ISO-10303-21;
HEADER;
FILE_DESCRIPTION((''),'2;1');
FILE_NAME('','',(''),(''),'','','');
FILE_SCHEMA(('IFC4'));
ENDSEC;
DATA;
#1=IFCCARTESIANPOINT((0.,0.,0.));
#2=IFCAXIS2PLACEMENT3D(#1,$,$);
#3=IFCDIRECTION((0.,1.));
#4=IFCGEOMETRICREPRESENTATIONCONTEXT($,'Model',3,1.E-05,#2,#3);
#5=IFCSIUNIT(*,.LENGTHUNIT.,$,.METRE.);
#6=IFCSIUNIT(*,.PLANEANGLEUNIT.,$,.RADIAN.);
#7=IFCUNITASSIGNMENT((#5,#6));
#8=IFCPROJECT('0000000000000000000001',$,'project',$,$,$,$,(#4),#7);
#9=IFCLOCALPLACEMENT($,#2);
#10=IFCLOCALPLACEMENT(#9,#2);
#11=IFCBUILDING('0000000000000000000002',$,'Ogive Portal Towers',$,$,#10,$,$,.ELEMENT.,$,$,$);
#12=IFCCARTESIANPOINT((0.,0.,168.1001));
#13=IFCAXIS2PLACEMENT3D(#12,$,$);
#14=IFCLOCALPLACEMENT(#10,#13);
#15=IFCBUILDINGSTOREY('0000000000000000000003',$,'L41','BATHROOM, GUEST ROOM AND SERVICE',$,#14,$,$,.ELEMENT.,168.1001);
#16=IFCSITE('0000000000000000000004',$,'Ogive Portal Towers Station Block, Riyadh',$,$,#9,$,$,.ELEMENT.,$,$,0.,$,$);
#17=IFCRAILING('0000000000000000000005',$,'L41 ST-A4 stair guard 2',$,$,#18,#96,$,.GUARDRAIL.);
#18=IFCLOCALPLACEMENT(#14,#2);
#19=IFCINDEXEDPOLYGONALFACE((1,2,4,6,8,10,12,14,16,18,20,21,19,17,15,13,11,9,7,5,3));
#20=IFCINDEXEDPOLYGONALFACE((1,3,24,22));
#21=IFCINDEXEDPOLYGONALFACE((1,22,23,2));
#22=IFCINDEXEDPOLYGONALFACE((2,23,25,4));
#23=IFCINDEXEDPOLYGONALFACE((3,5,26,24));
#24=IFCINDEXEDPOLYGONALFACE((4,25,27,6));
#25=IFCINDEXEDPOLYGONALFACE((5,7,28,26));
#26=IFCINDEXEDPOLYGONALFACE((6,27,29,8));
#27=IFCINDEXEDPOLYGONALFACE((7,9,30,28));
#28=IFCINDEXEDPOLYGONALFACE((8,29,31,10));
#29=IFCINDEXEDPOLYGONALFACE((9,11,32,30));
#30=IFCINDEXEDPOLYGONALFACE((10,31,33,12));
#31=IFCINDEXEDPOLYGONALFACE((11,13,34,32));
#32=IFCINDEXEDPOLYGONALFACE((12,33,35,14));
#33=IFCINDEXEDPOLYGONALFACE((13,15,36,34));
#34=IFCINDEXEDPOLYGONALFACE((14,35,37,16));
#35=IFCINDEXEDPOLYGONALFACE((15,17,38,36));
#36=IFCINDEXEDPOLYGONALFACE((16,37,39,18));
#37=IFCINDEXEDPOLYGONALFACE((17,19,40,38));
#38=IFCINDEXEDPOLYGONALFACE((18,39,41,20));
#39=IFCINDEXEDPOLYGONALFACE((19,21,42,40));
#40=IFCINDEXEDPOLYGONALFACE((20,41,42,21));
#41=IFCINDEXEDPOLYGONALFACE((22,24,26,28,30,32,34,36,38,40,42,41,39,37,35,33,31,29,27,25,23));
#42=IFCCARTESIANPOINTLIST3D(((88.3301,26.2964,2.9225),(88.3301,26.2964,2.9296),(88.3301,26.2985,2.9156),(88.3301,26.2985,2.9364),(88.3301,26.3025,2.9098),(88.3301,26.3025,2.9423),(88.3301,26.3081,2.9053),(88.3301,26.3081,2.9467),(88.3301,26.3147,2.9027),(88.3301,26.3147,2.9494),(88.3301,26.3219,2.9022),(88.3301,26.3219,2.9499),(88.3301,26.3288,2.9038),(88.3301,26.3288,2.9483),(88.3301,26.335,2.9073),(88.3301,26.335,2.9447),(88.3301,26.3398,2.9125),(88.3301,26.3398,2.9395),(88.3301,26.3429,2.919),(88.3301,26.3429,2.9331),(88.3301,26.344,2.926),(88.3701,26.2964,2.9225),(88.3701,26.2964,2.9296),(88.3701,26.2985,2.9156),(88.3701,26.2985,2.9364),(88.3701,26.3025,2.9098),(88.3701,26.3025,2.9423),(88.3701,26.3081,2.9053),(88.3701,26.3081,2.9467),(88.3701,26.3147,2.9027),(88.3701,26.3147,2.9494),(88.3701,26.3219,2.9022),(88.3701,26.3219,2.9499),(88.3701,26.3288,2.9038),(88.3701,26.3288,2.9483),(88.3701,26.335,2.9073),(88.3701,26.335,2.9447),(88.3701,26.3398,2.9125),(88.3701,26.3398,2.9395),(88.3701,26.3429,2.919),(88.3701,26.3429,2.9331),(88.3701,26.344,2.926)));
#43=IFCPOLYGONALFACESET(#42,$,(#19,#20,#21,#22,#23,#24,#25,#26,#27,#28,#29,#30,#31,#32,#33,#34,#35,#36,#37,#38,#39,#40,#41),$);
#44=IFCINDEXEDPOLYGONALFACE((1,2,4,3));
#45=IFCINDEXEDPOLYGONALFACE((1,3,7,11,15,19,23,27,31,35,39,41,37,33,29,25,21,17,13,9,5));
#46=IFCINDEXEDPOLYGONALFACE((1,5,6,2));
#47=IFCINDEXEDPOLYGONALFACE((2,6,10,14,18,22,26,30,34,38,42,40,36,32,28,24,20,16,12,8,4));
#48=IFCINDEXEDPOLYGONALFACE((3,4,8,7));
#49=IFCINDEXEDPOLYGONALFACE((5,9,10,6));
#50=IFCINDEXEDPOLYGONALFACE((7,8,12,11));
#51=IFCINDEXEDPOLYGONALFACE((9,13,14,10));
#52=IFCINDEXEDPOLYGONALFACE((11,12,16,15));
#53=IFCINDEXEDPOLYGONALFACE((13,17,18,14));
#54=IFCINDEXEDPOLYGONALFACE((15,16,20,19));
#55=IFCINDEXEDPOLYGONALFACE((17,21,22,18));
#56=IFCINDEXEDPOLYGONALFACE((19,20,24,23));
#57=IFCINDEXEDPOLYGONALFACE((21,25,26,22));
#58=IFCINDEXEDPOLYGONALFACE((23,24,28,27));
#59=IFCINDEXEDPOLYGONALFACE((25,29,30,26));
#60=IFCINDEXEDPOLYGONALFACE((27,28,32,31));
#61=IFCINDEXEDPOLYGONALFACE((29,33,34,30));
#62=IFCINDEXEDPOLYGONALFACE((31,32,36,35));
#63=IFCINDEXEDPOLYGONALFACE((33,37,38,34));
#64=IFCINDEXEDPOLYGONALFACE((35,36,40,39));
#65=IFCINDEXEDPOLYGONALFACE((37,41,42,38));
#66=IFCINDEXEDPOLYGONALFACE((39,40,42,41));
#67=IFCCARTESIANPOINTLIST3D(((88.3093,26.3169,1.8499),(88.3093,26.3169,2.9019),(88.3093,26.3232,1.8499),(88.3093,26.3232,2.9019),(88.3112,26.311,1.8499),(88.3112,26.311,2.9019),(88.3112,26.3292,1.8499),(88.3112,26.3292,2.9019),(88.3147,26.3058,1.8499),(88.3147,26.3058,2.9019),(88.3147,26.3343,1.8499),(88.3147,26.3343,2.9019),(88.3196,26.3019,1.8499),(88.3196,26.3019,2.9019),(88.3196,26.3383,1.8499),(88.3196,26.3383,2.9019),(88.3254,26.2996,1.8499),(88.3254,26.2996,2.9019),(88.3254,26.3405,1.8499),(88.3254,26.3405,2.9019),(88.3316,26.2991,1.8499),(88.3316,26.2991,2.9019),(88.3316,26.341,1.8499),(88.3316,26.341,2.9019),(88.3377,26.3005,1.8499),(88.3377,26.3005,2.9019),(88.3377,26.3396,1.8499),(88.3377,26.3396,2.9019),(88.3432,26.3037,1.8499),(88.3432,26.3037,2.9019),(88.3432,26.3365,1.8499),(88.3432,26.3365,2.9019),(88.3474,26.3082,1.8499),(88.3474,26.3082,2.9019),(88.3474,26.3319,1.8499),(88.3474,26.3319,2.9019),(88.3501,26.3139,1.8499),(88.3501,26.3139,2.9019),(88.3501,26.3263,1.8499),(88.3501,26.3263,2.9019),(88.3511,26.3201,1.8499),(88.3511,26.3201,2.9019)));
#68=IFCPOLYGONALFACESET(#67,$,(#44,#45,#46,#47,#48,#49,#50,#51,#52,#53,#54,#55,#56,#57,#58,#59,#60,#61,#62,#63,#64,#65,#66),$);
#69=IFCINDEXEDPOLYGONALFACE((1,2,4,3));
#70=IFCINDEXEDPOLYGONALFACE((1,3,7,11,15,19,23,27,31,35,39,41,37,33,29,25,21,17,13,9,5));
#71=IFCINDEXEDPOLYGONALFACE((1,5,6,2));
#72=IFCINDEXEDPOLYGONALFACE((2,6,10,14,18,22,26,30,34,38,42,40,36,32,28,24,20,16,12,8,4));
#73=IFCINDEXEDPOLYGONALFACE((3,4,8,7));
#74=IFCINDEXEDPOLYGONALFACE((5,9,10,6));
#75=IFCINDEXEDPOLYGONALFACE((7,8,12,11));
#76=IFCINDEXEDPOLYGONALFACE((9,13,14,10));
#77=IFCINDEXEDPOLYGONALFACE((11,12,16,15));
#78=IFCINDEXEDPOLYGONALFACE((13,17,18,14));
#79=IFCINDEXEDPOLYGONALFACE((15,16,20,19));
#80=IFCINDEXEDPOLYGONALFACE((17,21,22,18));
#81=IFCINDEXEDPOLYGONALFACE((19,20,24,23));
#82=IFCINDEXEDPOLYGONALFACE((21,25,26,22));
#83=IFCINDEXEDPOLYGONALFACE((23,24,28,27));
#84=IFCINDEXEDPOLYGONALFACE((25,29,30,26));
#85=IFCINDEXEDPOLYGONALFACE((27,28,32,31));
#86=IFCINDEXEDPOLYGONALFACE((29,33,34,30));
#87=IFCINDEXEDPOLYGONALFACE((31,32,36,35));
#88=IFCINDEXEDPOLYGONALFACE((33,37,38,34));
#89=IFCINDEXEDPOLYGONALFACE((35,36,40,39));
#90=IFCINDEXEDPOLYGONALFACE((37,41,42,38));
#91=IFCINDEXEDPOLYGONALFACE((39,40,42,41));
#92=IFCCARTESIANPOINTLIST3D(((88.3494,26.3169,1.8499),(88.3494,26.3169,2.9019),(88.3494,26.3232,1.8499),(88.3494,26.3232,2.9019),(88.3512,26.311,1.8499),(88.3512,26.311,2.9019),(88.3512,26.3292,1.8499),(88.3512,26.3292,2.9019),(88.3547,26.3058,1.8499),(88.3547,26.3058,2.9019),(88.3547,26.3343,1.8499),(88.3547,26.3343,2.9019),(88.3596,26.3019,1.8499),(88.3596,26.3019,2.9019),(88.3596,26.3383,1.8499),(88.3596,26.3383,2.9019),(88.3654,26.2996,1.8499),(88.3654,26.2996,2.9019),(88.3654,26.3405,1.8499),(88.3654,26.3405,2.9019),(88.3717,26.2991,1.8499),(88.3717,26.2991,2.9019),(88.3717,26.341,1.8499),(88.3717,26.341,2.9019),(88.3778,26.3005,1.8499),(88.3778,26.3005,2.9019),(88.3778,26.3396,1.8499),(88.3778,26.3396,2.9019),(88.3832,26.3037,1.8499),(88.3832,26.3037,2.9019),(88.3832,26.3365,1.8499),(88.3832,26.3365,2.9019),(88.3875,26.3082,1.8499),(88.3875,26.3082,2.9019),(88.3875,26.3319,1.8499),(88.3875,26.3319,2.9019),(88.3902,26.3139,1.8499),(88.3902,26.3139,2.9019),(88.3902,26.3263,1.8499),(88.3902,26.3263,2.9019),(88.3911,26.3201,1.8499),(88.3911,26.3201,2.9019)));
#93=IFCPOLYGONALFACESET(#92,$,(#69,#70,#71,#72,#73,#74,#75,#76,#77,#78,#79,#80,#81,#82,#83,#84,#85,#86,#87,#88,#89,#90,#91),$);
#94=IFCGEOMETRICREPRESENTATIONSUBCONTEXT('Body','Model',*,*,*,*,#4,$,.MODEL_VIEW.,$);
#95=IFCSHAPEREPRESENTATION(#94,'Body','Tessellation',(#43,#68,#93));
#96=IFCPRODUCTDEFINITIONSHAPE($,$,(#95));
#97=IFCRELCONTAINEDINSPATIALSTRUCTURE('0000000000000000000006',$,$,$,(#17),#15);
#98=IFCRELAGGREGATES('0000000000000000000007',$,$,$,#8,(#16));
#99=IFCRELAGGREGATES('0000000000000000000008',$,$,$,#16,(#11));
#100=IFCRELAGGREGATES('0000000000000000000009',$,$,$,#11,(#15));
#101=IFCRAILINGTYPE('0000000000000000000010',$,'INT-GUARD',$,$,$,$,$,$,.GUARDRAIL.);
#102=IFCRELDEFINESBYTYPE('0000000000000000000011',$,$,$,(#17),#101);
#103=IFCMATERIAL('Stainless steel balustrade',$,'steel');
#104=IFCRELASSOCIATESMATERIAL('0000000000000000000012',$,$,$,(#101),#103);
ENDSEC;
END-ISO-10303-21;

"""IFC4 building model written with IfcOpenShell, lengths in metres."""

from ifc_helpers import new_model, si_unit, direction, frame, origin, origin_2d, place, context, subcontext, project, spatial, circle, extrude, material, type_object, element, save


model = new_model("IFC4")

# Units and contexts
model_context = context("Model", 3, precision=1e-05, world=origin(), true_north=direction((0.0, 1.0)))
body_context = subcontext(model_context, "Body", "Model", "MODEL_VIEW")
ifc_project = project(units=[si_unit("LENGTHUNIT", "METRE"), si_unit("PLANEANGLEUNIT", "RADIAN")], contexts=[model_context])

# Site, building, storey
site_placement = place(None, origin())
site = spatial("IfcSite", under=ifc_project, at=site_placement, Name="Ogive Portal Towers Station Block, Riyadh", CompositionType="ELEMENT", RefElevation=0.0)
building_placement = place(site_placement, origin())
building = spatial("IfcBuilding", under=site, at=building_placement, Name="Ogive Portal Towers", CompositionType="ELEMENT")
storey_placement = place(building_placement, frame((0.0, 0.0, 168.1001)))
storey = spatial("IfcBuildingStorey", under=building, at=storey_placement, Name="L41", Description="BATHROOM, GUEST ROOM AND SERVICE", CompositionType="ELEMENT", Elevation=168.1001)

# Railing
ifc_material_1 = material(Name="Stainless steel balustrade", Category="steel")
railing_type_1 = type_object("IfcRailingType", Name="INT-GUARD", PredefinedType="GUARDRAIL", material=ifc_material_1)
railing_1_placement = place(storey_placement, frame((88.3301, 26.3201, 1.8499)))
element("IfcRailing", 1, at=railing_1_placement, inside=storey, type_object=railing_type_1, Name="L41 ST-A4 stair guard 2", PredefinedType="GUARDRAIL", context=body_context, shape_type="SweptSolid", body=[
    extrude(circle(Radius=0.0239, at=origin_2d()), frame((0.0, 0.0, 1.0762), z_axis=(1.0, 0.0, 0.0), x_axis=(0.0, 1.0, 0.0)), (0.0, 0.0, 1.0), 0.04),
    extrude(circle(Radius=0.021, at=origin_2d()), origin(), (0.0, 0.0, 1.0), 1.052),
    extrude(circle(Radius=0.021, at=origin_2d()), frame((0.04, 0.0, 0.0)), (0.0, 0.0, 1.0), 1.052),
])

save(model, "model.ifc")
